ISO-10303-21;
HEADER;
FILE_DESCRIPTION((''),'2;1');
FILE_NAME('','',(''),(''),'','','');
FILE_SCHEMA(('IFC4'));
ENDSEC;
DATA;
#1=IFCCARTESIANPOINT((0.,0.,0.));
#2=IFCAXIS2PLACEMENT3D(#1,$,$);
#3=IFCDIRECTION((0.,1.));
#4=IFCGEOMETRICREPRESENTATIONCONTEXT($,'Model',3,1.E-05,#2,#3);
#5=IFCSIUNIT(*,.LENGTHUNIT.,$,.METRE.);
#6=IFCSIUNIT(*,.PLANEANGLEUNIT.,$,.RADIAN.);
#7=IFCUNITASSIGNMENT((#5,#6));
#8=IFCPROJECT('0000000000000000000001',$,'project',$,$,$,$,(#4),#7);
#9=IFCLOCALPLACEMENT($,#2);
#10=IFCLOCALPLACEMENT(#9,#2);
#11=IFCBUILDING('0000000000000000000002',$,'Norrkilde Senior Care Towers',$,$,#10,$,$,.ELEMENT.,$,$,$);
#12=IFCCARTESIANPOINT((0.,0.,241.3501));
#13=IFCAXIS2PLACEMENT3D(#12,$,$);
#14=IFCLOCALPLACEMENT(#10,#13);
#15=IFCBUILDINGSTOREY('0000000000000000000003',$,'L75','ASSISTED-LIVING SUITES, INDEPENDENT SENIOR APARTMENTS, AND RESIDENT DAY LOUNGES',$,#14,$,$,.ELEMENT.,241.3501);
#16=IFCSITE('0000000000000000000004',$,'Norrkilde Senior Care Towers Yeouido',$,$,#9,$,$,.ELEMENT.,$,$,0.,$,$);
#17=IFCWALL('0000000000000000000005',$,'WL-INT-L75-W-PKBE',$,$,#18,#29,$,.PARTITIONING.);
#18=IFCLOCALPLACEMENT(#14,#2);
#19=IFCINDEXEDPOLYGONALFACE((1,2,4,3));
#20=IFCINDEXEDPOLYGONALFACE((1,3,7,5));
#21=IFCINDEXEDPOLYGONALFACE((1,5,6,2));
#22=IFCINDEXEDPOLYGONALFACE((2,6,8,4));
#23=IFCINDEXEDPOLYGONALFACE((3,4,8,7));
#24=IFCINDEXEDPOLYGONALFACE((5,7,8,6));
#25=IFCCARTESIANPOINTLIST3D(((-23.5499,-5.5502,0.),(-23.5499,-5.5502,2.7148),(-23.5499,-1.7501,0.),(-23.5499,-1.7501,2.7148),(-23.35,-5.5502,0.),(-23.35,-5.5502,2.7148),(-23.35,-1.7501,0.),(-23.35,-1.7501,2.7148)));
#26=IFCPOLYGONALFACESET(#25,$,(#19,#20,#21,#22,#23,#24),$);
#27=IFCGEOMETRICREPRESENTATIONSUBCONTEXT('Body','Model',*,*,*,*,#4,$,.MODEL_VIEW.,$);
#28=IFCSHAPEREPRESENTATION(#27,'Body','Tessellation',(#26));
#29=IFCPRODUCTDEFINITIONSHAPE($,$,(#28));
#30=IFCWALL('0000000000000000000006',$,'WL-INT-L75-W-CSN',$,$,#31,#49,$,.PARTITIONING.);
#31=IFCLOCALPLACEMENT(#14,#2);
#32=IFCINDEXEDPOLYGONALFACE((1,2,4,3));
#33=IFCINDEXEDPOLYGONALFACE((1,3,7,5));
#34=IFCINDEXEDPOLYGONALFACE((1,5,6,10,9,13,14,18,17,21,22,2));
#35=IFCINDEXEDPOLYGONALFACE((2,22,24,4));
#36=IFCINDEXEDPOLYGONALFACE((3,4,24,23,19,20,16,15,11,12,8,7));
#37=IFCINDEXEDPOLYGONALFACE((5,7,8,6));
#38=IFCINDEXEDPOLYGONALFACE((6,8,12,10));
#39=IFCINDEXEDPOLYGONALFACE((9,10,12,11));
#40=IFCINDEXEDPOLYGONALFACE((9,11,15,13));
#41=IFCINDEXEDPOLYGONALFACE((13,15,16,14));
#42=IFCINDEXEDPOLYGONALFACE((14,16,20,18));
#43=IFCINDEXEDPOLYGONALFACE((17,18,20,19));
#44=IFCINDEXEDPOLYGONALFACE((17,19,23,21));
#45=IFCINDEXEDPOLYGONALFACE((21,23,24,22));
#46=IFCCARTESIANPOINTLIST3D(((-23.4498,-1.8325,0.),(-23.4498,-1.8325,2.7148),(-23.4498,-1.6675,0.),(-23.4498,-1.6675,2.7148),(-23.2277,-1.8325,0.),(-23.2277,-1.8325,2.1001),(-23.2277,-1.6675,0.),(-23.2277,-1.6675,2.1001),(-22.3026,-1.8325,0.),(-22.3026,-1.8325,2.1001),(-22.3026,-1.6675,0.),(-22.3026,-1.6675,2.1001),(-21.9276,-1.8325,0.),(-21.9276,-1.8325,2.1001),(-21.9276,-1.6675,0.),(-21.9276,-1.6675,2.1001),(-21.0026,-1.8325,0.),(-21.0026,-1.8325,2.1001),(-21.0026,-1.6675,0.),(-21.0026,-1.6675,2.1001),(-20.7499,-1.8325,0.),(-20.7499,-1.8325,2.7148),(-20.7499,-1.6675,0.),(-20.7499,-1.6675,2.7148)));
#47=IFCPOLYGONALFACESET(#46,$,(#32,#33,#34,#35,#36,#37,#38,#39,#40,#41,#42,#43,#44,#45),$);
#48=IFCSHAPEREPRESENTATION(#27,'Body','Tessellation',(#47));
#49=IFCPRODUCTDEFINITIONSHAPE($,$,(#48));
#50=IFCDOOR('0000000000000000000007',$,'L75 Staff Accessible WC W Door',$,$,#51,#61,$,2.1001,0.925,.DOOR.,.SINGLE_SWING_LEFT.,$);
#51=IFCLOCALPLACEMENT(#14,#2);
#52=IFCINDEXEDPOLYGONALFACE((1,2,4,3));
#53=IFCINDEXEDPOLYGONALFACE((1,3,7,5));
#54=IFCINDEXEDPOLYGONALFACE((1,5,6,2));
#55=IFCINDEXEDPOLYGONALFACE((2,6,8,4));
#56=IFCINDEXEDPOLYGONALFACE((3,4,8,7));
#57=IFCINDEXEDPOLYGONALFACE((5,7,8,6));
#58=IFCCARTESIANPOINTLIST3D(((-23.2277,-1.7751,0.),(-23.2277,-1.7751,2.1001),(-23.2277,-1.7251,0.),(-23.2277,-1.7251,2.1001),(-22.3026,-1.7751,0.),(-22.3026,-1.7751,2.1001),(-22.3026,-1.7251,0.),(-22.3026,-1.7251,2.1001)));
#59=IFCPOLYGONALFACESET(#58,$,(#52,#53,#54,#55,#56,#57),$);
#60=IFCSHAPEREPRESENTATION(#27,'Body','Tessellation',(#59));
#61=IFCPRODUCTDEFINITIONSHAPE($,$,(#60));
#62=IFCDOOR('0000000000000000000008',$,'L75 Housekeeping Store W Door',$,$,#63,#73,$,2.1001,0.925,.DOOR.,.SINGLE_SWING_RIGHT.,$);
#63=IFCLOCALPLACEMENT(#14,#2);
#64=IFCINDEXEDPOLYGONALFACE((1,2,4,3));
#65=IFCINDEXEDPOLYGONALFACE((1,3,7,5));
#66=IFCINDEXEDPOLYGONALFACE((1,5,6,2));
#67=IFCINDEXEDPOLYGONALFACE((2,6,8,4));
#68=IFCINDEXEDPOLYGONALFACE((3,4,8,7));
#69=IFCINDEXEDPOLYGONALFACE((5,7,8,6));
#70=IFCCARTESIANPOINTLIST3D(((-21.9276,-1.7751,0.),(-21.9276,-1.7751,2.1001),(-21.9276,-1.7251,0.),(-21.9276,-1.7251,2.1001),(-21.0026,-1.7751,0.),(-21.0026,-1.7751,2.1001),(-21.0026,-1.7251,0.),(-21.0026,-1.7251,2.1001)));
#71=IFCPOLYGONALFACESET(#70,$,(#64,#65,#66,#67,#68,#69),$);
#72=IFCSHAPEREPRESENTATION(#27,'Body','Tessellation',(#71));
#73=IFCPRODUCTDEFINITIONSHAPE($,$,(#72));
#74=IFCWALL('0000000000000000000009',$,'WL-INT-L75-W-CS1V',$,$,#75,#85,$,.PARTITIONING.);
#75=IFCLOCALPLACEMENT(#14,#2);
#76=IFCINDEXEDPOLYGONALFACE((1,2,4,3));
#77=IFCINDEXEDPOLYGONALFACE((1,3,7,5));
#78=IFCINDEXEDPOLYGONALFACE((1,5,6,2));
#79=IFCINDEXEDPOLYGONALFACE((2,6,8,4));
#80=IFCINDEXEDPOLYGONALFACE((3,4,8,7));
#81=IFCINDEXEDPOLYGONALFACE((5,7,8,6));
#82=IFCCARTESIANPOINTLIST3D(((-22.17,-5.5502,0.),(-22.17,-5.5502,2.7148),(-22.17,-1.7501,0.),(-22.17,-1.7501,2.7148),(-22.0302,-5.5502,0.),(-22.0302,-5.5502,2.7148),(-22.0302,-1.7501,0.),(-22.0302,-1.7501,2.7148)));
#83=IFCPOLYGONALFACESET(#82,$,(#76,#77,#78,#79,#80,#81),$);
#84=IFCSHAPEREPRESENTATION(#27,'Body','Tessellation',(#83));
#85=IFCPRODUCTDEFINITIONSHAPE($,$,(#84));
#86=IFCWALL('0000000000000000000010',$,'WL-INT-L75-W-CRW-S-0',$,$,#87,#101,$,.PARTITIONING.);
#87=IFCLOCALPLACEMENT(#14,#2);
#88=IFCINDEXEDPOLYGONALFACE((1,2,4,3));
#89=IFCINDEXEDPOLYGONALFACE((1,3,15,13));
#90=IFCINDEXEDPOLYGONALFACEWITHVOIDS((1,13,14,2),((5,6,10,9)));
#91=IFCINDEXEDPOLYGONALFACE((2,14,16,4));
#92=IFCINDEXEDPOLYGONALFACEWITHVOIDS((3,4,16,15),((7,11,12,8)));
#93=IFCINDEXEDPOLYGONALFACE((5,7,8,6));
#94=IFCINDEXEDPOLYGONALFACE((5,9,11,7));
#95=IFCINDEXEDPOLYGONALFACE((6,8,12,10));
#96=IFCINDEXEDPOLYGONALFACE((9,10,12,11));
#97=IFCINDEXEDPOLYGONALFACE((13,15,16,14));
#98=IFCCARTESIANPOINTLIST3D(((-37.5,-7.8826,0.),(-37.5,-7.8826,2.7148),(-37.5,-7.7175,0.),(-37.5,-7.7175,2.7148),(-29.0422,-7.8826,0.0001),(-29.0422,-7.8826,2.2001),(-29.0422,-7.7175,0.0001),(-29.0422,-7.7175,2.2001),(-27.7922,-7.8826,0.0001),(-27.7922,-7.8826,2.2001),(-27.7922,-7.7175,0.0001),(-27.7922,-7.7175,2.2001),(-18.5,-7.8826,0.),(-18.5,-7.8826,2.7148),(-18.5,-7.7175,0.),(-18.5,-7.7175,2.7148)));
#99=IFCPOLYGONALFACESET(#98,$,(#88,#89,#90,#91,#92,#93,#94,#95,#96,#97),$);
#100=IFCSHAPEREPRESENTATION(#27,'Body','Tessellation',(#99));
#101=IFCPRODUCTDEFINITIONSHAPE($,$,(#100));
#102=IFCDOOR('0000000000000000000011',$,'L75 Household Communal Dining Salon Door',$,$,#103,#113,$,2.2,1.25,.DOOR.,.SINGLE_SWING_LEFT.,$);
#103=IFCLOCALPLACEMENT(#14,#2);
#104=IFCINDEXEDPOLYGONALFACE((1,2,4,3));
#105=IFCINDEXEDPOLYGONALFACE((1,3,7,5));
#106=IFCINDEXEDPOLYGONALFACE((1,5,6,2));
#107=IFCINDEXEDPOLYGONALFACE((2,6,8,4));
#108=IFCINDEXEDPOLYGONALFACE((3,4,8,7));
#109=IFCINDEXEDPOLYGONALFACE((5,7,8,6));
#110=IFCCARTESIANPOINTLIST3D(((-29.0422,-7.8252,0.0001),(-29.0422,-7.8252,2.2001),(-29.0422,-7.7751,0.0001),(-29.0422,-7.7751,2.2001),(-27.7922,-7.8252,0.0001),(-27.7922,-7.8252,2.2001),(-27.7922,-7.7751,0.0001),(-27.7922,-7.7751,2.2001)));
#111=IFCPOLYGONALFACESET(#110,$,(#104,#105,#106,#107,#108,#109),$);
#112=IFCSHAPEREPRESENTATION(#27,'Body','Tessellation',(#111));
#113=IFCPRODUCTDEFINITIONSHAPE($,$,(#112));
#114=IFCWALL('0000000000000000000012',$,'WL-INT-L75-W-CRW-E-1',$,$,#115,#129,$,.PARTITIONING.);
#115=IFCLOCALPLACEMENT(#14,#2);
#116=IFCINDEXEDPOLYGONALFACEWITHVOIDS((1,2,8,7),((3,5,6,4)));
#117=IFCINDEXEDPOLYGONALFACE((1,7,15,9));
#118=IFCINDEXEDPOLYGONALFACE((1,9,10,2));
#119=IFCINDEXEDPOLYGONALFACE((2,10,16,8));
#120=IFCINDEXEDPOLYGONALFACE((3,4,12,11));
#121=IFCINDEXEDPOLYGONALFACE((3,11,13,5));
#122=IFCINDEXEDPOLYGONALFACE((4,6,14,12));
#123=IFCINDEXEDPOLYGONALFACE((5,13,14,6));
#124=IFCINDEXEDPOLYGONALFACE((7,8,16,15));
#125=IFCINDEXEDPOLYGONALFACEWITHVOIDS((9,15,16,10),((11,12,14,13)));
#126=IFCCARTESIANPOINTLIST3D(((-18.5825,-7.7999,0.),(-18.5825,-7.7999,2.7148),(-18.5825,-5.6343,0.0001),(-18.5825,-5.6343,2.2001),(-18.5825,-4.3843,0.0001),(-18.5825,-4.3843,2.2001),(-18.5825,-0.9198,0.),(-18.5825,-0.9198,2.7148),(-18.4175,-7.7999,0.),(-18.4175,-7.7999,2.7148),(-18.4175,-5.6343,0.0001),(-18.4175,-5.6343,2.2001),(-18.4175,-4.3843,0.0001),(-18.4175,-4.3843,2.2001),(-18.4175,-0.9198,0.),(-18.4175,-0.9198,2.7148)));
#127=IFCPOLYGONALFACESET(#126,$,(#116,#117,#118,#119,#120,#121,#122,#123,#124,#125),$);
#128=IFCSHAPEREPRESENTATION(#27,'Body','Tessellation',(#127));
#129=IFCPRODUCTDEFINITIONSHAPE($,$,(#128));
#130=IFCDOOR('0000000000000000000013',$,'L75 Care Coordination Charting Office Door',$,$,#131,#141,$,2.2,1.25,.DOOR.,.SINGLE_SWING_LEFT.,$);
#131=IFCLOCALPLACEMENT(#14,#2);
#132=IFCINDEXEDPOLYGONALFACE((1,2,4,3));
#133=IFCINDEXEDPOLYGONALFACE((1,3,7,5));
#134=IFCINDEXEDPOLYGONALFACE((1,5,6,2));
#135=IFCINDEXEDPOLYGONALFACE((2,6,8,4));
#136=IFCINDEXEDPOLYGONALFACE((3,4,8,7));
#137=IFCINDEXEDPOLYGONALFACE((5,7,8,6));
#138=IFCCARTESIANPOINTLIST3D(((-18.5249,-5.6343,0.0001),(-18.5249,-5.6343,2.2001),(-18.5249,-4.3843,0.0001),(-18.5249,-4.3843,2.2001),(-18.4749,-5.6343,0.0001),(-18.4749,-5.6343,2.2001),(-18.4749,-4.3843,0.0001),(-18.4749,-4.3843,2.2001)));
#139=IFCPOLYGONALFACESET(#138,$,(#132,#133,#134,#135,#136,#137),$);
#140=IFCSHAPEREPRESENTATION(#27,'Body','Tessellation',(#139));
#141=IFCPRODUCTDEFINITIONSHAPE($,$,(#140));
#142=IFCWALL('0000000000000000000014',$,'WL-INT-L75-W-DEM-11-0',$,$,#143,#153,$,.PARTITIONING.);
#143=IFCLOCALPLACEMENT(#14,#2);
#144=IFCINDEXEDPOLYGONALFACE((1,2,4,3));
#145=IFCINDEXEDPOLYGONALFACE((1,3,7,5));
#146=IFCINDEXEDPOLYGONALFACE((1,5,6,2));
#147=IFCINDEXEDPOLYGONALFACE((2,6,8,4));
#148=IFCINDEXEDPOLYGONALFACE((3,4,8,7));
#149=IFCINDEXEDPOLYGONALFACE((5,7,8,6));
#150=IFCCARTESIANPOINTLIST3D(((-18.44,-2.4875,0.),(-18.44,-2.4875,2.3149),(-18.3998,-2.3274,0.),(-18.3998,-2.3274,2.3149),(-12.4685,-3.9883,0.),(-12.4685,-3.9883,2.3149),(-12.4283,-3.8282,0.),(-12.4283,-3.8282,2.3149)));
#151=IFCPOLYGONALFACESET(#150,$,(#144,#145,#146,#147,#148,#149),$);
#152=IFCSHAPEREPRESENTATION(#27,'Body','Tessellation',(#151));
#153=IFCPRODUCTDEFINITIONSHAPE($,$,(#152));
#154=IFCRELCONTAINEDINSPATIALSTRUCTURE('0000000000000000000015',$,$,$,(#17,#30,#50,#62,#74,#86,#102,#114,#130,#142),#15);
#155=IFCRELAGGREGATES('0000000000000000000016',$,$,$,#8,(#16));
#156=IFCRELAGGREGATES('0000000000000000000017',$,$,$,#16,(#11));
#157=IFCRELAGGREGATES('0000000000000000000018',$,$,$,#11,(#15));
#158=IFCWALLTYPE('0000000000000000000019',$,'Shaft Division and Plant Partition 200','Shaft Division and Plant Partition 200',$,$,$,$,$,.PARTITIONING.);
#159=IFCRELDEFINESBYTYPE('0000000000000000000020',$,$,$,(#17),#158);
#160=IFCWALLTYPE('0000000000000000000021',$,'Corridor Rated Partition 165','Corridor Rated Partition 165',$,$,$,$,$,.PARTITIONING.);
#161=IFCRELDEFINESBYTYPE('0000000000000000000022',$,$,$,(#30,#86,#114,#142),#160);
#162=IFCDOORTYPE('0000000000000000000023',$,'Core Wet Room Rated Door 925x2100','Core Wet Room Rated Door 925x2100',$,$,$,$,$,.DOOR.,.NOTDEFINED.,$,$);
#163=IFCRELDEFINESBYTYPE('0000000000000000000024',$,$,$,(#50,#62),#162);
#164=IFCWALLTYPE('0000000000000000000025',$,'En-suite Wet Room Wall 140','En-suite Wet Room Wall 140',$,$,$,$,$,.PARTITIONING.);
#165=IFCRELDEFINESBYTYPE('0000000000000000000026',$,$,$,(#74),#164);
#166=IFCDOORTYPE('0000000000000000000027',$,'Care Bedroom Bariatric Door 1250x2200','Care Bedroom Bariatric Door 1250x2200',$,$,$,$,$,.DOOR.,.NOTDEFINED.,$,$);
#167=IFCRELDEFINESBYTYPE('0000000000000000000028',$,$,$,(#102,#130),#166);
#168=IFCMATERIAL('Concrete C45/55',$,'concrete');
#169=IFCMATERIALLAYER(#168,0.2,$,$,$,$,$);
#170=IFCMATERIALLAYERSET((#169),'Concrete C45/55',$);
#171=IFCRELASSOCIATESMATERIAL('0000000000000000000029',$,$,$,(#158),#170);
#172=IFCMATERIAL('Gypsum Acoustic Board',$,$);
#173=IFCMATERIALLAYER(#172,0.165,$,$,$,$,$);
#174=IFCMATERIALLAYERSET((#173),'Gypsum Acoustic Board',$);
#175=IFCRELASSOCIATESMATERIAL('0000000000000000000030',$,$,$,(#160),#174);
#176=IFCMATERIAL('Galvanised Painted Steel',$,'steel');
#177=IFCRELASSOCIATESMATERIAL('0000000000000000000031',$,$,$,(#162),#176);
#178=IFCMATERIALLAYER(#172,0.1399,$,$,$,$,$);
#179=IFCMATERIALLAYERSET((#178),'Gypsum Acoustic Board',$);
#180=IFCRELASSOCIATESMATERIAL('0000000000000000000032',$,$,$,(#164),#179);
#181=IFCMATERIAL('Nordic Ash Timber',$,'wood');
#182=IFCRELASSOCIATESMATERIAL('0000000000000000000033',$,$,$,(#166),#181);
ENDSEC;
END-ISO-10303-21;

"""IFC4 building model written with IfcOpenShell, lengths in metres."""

from ifc_helpers import new_model, si_unit, direction, frame, frame_2d, origin, place, context, subcontext, project, spatial, rectangle, extrude, source, transform, mapped, material, layer, layer_set, type_object, type_shapes, element, fill, save


model = new_model("IFC4")

# Units and contexts
model_context = context("Model", 3, precision=1e-05, world=origin(), true_north=direction((0.0, 1.0)))
body_context = subcontext(model_context, "Body", "Model", "MODEL_VIEW")
ifc_project = project(units=[si_unit("LENGTHUNIT", "METRE"), si_unit("PLANEANGLEUNIT", "RADIAN")], contexts=[model_context])

# Site, building, storey
site_placement = place(None, origin())
site = spatial("IfcSite", under=ifc_project, at=site_placement, Name="Norrkilde Senior Care Towers Yeouido", CompositionType="ELEMENT", RefElevation=0.0)
building_placement = place(site_placement, origin())
building = spatial("IfcBuilding", under=site, at=building_placement, Name="Norrkilde Senior Care Towers", CompositionType="ELEMENT")
storey_placement = place(building_placement, frame((0.0, 0.0, 241.3501)))
storey = spatial("IfcBuildingStorey", under=building, at=storey_placement, Name="L75", Description="ASSISTED-LIVING SUITES, INDEPENDENT SENIOR APARTMENTS, AND RESIDENT DAY LOUNGES", CompositionType="ELEMENT", Elevation=241.3501)

# Wall
ifc_material_1 = material(Name="Concrete C45/55", Category="concrete")
ifc_layer_1 = layer(ifc_material_1, 0.2)
ifc_layer_set_1 = layer_set([ifc_layer_1], Name="Concrete C45/55")
wall_type_1 = type_object("IfcWallType", Name="Shaft Division and Plant Partition 200", Description="Shaft Division and Plant Partition 200", PredefinedType="PARTITIONING", material=ifc_layer_set_1)
shared_shape_1 = source(origin(), body_context, "Body", "SweptSolid", [
    extrude(rectangle(XDim=3.8, YDim=0.2, at=frame_2d((1.8999, 0.0))), origin(), (0.0, 0.0, 1.0), 2.7148),
])
type_shapes(wall_type_1, [shared_shape_1])
wall_1_placement = place(storey_placement, frame((-23.45, -5.55, 0.0), z_axis=(0.0, 0.0, 1.0), x_axis=(0.0, 1.0, 0.0)))
element("IfcWall", 1, at=wall_1_placement, inside=storey, type_object=wall_type_1, Name="WL-INT-L75-W-PKBE", PredefinedType="PARTITIONING", context=body_context, shape_type="MappedRepresentation", body=[
    mapped(shared_shape_1, transform((0.0, 0.0, 0.0), x_axis=(1.0, 0.0, 0.0), y_axis=(0.0, 1.0, 0.0), z_axis=(0.0, 0.0, 1.0), scale=1.0)),
])

# Wall, openings, doors
ifc_material_2 = material(Name="Gypsum Acoustic Board")
ifc_layer_2 = layer(ifc_material_2, 0.165)
ifc_layer_set_2 = layer_set([ifc_layer_2], Name="Gypsum Acoustic Board")
wall_type_2 = type_object("IfcWallType", Name="Corridor Rated Partition 165", Description="Corridor Rated Partition 165", PredefinedType="PARTITIONING", material=ifc_layer_set_2)
shared_shape_2 = source(origin(), body_context, "Body", "SweptSolid", [
    extrude(rectangle(XDim=2.7, YDim=0.165, at=frame_2d((1.3501, 0.0))), origin(), (0.0, 0.0, 1.0), 2.7148),
])
wall_2_placement = place(storey_placement, frame((-23.45, -1.75, 0.0), z_axis=(0.0, 0.0, 1.0), x_axis=(1.0, 0.0, 0.0)))
wall_2 = element("IfcWall", 2, at=wall_2_placement, inside=storey, type_object=wall_type_2, Name="WL-INT-L75-W-CSN", PredefinedType="PARTITIONING", context=body_context, shape_type="MappedRepresentation", body=[
    mapped(shared_shape_2, transform((0.0, 0.0, 0.0), x_axis=(1.0, 0.0, 0.0), y_axis=(0.0, 1.0, 0.0), z_axis=(0.0, 0.0, 1.0), scale=1.0)),
])
opening_1_placement = place(wall_2_placement, frame((0.2224, 0.0, 0.0)))
opening_1 = element("IfcOpeningElement", 3, at=opening_1_placement, cuts=wall_2, PredefinedType="OPENING", context=body_context, shape_type="SweptSolid", body=[
    extrude(rectangle(XDim=0.925, YDim=2.1001, at=frame_2d((0.4624, 1.05))), frame((0.0, 0.0925, 0.0), z_axis=(0.0, -1.0, 0.0), x_axis=(1.0, 0.0, 0.0)), (0.0, 0.0, 1.0), 0.1851),
])
opening_2_placement = place(wall_2_placement, frame((1.5225, 0.0, 0.0)))
opening_2 = element("IfcOpeningElement", 4, at=opening_2_placement, cuts=wall_2, PredefinedType="OPENING", context=body_context, shape_type="SweptSolid", body=[
    extrude(rectangle(XDim=0.925, YDim=2.1001, at=frame_2d((0.4624, 1.05))), frame((0.0, 0.0925, 0.0), z_axis=(0.0, -1.0, 0.0), x_axis=(1.0, 0.0, 0.0)), (0.0, 0.0, 1.0), 0.1851),
])
ifc_material_3 = material(Name="Galvanised Painted Steel", Category="steel")
door_type_1 = type_object("IfcDoorType", Name="Core Wet Room Rated Door 925x2100", Description="Core Wet Room Rated Door 925x2100", OperationType="NOTDEFINED", PredefinedType="DOOR", material=ifc_material_3)
shared_shape_3 = source(origin(), body_context, "Body", "SweptSolid", [
    extrude(rectangle(XDim=0.925, YDim=2.1001, at=frame_2d((0.4624, 1.05))), frame((0.0, 0.0249, 0.0), z_axis=(0.0, -1.0, 0.0), x_axis=(1.0, 0.0, 0.0)), (0.0, 0.0, 1.0), 0.05),
])
type_shapes(door_type_1, [shared_shape_3])
door_1_placement = place(opening_1_placement, origin())
door_1 = element("IfcDoor", 5, at=door_1_placement, inside=storey, type_object=door_type_1, Name="L75 Staff Accessible WC W Door", OperationType="SINGLE_SWING_LEFT", OverallHeight=2.1001, OverallWidth=0.925, PredefinedType="DOOR", context=body_context, shape_type="MappedRepresentation", body=[
    mapped(shared_shape_3, transform((0.0, 0.0, 0.0), x_axis=(1.0, 0.0, 0.0), y_axis=(0.0, 1.0, 0.0), z_axis=(0.0, 0.0, 1.0), scale=1.0)),
])
fill(opening_1, door_1)
door_2_placement = place(opening_2_placement, origin())
door_2 = element("IfcDoor", 6, at=door_2_placement, inside=storey, type_object=door_type_1, Name="L75 Housekeeping Store W Door", OperationType="SINGLE_SWING_RIGHT", OverallHeight=2.1001, OverallWidth=0.925, PredefinedType="DOOR", context=body_context, shape_type="MappedRepresentation", body=[
    mapped(shared_shape_3, transform((0.0, 0.0, 0.0), x_axis=(1.0, 0.0, 0.0), y_axis=(0.0, 1.0, 0.0), z_axis=(0.0, 0.0, 1.0), scale=1.0)),
])
fill(opening_2, door_2)

# Wall
ifc_layer_3 = layer(ifc_material_2, 0.1399)
ifc_layer_set_3 = layer_set([ifc_layer_3], Name="Gypsum Acoustic Board")
wall_type_3 = type_object("IfcWallType", Name="En-suite Wet Room Wall 140", Description="En-suite Wet Room Wall 140", PredefinedType="PARTITIONING", material=ifc_layer_set_3)
shared_shape_4 = source(origin(), body_context, "Body", "SweptSolid", [
    extrude(rectangle(XDim=3.8, YDim=0.1399, at=frame_2d((1.8999, 0.0))), origin(), (0.0, 0.0, 1.0), 2.7148),
])
type_shapes(wall_type_3, [shared_shape_4])
wall_3_placement = place(storey_placement, frame((-22.1001, -5.55, 0.0), z_axis=(0.0, 0.0, 1.0), x_axis=(0.0, 1.0, 0.0)))
element("IfcWall", 7, at=wall_3_placement, inside=storey, type_object=wall_type_3, Name="WL-INT-L75-W-CS1V", PredefinedType="PARTITIONING", context=body_context, shape_type="MappedRepresentation", body=[
    mapped(shared_shape_4, transform((0.0, 0.0, 0.0), x_axis=(1.0, 0.0, 0.0), y_axis=(0.0, 1.0, 0.0), z_axis=(0.0, 0.0, 1.0), scale=1.0)),
])

# Walls, openings, doors
shared_shape_5 = source(origin(), body_context, "Body", "SweptSolid", [
    extrude(rectangle(XDim=19.0, YDim=0.165, at=frame_2d((9.5, 0.0))), origin(), (0.0, 0.0, 1.0), 2.7148),
])
wall_4_placement = place(storey_placement, frame((-18.5, -7.8, 0.0), z_axis=(0.0, 0.0, 1.0), x_axis=(-1.0, 0.0, 0.0)))
wall_4 = element("IfcWall", 8, at=wall_4_placement, inside=storey, type_object=wall_type_2, Name="WL-INT-L75-W-CRW-S-0", PredefinedType="PARTITIONING", context=body_context, shape_type="MappedRepresentation", body=[
    mapped(shared_shape_5, transform((0.0, 0.0, 0.0), x_axis=(1.0, 0.0, 0.0), y_axis=(0.0, 1.0, 0.0), z_axis=(0.0, 0.0, 1.0), scale=1.0)),
])
opening_3_placement = place(wall_4_placement, frame((9.2922, 0.0, 0.0)))
opening_3 = element("IfcOpeningElement", 9, at=opening_3_placement, cuts=wall_4, PredefinedType="OPENING", context=body_context, shape_type="SweptSolid", body=[
    extrude(rectangle(XDim=1.25, YDim=2.2, at=frame_2d((0.625, 1.1001))), frame((0.0, 0.0925, 0.0), z_axis=(0.0, -1.0, 0.0), x_axis=(1.0, 0.0, 0.0)), (0.0, 0.0, 1.0), 0.1851),
])
ifc_material_4 = material(Name="Nordic Ash Timber", Category="wood")
door_type_2 = type_object("IfcDoorType", Name="Care Bedroom Bariatric Door 1250x2200", Description="Care Bedroom Bariatric Door 1250x2200", OperationType="NOTDEFINED", PredefinedType="DOOR", material=ifc_material_4)
shared_shape_6 = source(origin(), body_context, "Body", "SweptSolid", [
    extrude(rectangle(XDim=1.25, YDim=2.2, at=frame_2d((0.625, 1.1001))), frame((0.0, 0.0249, 0.0), z_axis=(0.0, -1.0, 0.0), x_axis=(1.0, 0.0, 0.0)), (0.0, 0.0, 1.0), 0.05),
])
type_shapes(door_type_2, [shared_shape_6])
door_3_placement = place(opening_3_placement, frame((1.25, 0.0, 0.0), z_axis=(0.0, 0.0, 1.0), x_axis=(-1.0, 0.0, 0.0)))
door_3 = element("IfcDoor", 10, at=door_3_placement, inside=storey, type_object=door_type_2, Name="L75 Household Communal Dining Salon Door", OperationType="SINGLE_SWING_LEFT", OverallHeight=2.2, OverallWidth=1.25, PredefinedType="DOOR", context=body_context, shape_type="MappedRepresentation", body=[
    mapped(shared_shape_6, transform((0.0, 0.0, 0.0), x_axis=(1.0, 0.0, 0.0), y_axis=(0.0, 1.0, 0.0), z_axis=(0.0, 0.0, 1.0), scale=1.0)),
])
fill(opening_3, door_3)
shared_shape_7 = source(origin(), body_context, "Body", "SweptSolid", [
    extrude(rectangle(XDim=6.8801, YDim=0.165, at=frame_2d((3.4399, 0.0))), origin(), (0.0, 0.0, 1.0), 2.7148),
])
wall_5_placement = place(storey_placement, frame((-18.5, -0.9199, 0.0), z_axis=(0.0, 0.0, 1.0), x_axis=(0.0, -1.0, 0.0)))
wall_5 = element("IfcWall", 11, at=wall_5_placement, inside=storey, type_object=wall_type_2, Name="WL-INT-L75-W-CRW-E-1", PredefinedType="PARTITIONING", context=body_context, shape_type="MappedRepresentation", body=[
    mapped(shared_shape_7, transform((0.0, 0.0, 0.0), x_axis=(1.0, 0.0, 0.0), y_axis=(0.0, 1.0, 0.0), z_axis=(0.0, 0.0, 1.0), scale=1.0)),
])
opening_4_placement = place(wall_5_placement, frame((3.4644, 0.0, 0.0)))
opening_4 = element("IfcOpeningElement", 12, at=opening_4_placement, cuts=wall_5, PredefinedType="OPENING", context=body_context, shape_type="SweptSolid", body=[
    extrude(rectangle(XDim=1.25, YDim=2.2, at=frame_2d((0.625, 1.1001))), frame((0.0, 0.0925, 0.0), z_axis=(0.0, -1.0, 0.0), x_axis=(1.0, 0.0, 0.0)), (0.0, 0.0, 1.0), 0.1851),
])
door_4_placement = place(opening_4_placement, frame((1.25, 0.0, 0.0), z_axis=(0.0, 0.0, 1.0), x_axis=(-1.0, 0.0, 0.0)))
door_4 = element("IfcDoor", 13, at=door_4_placement, inside=storey, type_object=door_type_2, Name="L75 Care Coordination Charting Office Door", OperationType="SINGLE_SWING_LEFT", OverallHeight=2.2, OverallWidth=1.25, PredefinedType="DOOR", context=body_context, shape_type="MappedRepresentation", body=[
    mapped(shared_shape_6, transform((0.0, 0.0, 0.0), x_axis=(1.0, 0.0, 0.0), y_axis=(0.0, 1.0, 0.0), z_axis=(0.0, 0.0, 1.0), scale=1.0)),
])
fill(opening_4, door_4)

# Wall
shared_shape_8 = source(origin(), body_context, "Body", "SweptSolid", [
    extrude(rectangle(XDim=6.1572, YDim=0.165, at=frame_2d((3.0786, 0.0))), origin(), (0.0, 0.0, 1.0), 2.3149),
])
type_shapes(wall_type_2, [shared_shape_2, shared_shape_5, shared_shape_7, shared_shape_8])
wall_6_placement = place(storey_placement, frame((-18.4199, -2.4075, 0.0), z_axis=(0.0, 0.0, 1.0), x_axis=(0.969841, -0.243739, 0.0)))
element("IfcWall", 14, at=wall_6_placement, inside=storey, type_object=wall_type_2, Name="WL-INT-L75-W-DEM-11-0", PredefinedType="PARTITIONING", context=body_context, shape_type="MappedRepresentation", body=[
    mapped(shared_shape_8, transform((0.0, 0.0, 0.0), x_axis=(1.0, 0.0, 0.0), y_axis=(0.0, 1.0, 0.0), z_axis=(0.0, 0.0, 1.0), scale=1.0)),
])

save(model, "model.ifc")
